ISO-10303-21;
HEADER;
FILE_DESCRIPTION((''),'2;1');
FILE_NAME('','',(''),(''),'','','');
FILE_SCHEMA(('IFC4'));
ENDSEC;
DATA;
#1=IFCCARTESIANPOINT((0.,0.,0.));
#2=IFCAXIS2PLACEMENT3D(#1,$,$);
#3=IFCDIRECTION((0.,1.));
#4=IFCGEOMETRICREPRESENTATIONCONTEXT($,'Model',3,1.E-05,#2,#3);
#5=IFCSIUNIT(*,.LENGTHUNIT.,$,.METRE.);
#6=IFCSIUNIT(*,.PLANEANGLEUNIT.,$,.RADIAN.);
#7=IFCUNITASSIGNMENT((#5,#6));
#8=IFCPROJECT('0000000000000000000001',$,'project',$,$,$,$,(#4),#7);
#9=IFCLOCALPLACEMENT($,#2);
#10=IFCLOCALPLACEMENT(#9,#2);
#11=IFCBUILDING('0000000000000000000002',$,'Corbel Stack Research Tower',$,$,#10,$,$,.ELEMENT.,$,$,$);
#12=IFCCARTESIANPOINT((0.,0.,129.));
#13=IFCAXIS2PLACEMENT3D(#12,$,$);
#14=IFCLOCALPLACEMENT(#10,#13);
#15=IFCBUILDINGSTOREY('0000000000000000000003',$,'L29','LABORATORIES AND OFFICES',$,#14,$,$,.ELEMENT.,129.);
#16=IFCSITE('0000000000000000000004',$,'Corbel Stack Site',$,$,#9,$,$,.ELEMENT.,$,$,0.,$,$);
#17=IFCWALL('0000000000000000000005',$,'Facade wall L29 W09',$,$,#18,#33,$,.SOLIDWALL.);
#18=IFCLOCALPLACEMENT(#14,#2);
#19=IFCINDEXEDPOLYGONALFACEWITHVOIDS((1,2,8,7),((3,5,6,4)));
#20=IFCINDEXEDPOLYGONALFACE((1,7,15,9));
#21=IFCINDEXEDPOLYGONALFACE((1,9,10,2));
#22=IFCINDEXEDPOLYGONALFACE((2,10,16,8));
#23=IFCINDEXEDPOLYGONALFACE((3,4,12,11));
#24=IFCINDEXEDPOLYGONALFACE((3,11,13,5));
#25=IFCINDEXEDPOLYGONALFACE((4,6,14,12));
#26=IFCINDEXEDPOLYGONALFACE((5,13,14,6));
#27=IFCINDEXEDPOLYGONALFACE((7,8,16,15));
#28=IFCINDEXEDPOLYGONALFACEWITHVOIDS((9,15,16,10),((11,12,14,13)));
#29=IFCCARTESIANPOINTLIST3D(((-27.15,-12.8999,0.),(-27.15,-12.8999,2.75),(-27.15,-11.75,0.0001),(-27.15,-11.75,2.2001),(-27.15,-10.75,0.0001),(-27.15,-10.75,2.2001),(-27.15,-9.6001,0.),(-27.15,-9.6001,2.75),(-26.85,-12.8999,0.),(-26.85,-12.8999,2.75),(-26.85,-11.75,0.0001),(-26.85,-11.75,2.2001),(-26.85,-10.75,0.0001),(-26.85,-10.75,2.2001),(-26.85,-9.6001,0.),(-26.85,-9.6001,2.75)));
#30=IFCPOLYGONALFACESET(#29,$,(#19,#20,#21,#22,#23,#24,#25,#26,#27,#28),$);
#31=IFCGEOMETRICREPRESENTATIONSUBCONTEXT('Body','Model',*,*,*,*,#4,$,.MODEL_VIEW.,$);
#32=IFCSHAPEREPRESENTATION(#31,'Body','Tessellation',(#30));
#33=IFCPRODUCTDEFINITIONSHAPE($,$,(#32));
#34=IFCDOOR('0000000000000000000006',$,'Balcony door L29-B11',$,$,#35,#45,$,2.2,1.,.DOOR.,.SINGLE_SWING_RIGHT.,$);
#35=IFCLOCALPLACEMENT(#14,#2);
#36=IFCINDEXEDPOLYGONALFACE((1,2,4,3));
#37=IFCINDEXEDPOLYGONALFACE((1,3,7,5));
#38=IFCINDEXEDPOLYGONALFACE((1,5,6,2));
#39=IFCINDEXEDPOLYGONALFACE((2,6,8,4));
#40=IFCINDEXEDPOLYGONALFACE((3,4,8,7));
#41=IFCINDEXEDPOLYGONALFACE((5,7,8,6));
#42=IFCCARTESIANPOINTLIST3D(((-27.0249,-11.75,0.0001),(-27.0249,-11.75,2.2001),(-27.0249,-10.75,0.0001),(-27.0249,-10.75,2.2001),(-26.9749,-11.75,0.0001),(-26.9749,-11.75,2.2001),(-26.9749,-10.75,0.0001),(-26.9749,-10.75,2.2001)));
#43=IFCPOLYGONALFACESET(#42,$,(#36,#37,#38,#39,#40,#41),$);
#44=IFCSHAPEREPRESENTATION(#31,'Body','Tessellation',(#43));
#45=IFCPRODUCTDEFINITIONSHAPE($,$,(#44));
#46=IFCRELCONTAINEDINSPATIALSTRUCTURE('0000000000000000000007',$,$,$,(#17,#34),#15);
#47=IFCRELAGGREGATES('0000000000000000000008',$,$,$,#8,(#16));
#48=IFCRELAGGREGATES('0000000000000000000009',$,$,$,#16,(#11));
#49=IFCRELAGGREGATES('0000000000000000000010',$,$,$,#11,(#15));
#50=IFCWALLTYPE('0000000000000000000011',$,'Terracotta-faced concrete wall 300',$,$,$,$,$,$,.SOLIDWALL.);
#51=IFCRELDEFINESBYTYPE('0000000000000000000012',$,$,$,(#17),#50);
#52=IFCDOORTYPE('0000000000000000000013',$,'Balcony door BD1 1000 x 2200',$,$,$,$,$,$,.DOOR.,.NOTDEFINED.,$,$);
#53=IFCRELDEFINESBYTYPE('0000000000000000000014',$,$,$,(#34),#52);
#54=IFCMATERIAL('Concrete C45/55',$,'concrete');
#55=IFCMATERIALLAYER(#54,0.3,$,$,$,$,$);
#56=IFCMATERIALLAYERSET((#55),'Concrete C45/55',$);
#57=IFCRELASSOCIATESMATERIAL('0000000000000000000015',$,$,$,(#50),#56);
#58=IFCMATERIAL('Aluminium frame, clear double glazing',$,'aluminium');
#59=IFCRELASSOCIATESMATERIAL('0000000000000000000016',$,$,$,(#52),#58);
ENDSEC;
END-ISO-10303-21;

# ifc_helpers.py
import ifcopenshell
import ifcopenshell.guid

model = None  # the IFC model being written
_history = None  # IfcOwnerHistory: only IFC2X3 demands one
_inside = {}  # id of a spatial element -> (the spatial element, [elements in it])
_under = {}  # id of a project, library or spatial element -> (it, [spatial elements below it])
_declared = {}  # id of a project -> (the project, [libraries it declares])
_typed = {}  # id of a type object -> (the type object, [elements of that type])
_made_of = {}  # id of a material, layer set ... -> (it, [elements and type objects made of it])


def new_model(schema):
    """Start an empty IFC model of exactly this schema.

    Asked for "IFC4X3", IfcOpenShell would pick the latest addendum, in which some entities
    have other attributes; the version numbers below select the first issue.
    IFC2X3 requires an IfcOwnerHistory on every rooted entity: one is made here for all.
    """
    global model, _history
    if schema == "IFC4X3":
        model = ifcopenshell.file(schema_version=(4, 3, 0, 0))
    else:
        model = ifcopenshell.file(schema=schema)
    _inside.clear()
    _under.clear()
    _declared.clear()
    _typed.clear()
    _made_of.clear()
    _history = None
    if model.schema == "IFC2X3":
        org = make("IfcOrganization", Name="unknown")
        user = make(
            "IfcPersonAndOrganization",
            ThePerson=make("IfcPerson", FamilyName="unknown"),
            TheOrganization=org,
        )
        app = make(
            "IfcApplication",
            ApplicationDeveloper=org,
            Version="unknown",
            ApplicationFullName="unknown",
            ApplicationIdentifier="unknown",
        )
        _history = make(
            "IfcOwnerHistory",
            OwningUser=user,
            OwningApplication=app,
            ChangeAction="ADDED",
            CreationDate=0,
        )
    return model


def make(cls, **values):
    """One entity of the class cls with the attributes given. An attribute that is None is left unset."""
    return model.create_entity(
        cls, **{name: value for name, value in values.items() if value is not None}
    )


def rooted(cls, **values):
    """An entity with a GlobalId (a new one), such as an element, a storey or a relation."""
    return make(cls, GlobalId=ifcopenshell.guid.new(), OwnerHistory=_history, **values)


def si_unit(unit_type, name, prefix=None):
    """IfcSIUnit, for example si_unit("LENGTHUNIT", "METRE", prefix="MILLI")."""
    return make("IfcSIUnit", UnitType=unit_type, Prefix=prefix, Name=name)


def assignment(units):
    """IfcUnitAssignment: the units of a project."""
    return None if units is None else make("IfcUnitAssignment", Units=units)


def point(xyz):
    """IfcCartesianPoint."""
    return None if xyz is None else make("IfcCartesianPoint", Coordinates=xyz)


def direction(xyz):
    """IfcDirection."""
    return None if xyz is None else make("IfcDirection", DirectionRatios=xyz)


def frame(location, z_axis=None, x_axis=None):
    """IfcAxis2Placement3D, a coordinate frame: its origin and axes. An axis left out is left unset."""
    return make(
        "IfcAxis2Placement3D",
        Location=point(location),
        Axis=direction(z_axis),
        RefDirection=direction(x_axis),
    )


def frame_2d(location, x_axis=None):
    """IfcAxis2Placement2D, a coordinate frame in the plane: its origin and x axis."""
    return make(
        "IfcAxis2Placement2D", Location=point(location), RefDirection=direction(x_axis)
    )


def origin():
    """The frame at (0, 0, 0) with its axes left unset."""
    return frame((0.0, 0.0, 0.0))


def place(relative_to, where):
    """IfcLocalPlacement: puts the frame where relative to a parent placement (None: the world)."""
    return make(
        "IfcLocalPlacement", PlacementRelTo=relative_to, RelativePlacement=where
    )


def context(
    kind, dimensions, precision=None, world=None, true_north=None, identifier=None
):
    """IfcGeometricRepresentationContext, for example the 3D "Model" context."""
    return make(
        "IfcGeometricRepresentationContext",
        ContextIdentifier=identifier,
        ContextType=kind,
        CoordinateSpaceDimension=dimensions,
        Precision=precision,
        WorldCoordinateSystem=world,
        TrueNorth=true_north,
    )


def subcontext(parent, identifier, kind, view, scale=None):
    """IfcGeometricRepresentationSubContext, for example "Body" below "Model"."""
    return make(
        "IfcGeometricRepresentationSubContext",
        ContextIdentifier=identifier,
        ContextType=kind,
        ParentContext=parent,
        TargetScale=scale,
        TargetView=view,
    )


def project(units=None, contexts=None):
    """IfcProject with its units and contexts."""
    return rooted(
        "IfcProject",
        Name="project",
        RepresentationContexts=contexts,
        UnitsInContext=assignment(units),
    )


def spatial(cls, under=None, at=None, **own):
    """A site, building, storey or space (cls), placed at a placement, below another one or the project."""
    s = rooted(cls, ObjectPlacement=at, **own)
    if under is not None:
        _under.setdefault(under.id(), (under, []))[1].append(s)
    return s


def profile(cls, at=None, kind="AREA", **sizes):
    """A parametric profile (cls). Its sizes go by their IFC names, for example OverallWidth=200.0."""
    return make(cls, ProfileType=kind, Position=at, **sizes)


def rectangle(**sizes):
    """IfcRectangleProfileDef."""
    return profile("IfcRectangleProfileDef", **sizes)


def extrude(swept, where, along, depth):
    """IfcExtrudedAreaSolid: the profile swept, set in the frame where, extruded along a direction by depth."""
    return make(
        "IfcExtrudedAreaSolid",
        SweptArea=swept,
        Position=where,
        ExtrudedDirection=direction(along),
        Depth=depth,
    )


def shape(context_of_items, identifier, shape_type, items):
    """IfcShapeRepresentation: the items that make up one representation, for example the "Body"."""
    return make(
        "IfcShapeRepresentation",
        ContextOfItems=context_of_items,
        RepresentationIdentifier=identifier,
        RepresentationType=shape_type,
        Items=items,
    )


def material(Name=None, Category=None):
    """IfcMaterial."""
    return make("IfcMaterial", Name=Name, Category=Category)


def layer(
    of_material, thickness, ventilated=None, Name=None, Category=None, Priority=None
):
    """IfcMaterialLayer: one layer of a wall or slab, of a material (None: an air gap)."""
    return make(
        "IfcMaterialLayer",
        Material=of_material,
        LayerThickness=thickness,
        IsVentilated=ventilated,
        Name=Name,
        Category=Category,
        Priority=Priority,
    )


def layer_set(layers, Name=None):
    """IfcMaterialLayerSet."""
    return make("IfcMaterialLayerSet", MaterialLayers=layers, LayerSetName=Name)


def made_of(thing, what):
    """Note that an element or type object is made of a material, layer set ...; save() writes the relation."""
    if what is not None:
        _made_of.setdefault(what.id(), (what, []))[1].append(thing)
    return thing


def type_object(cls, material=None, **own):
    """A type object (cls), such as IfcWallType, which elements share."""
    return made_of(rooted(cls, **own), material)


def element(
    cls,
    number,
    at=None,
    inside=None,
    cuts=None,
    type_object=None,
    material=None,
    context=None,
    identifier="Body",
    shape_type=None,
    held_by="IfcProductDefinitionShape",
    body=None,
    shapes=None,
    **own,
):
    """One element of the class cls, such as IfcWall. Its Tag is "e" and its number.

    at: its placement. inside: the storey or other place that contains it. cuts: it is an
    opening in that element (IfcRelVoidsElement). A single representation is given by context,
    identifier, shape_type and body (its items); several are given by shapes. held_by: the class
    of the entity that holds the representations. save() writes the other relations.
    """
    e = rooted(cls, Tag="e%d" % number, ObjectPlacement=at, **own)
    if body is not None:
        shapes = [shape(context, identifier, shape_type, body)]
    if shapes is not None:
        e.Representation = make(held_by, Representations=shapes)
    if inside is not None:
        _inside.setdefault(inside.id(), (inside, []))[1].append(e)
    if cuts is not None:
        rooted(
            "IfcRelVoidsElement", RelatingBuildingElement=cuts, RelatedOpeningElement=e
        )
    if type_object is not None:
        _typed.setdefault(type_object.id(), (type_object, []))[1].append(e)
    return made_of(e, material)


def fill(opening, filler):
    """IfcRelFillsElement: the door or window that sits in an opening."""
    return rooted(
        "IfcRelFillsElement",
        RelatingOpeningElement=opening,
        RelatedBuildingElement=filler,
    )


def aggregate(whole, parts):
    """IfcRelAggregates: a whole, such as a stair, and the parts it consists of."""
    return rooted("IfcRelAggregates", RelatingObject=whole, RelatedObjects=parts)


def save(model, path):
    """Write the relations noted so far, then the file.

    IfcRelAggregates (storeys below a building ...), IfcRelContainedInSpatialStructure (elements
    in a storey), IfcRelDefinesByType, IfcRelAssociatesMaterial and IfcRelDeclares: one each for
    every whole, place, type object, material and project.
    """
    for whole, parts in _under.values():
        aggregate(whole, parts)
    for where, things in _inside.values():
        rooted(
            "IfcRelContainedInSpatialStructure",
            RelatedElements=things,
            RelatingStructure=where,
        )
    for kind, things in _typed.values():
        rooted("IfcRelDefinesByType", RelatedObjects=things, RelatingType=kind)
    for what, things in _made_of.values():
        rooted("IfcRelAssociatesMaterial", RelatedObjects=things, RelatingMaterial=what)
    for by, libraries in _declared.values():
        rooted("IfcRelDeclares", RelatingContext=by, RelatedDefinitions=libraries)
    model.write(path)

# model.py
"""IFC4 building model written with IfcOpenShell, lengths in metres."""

from ifc_helpers import new_model, si_unit, direction, frame, frame_2d, origin, place, context, subcontext, project, spatial, rectangle, extrude, material, layer, layer_set, type_object, element, fill, save


model = new_model("IFC4")

# Units and contexts
model_context = context("Model", 3, precision=1e-05, world=origin(), true_north=direction((0.0, 1.0)))
body_context = subcontext(model_context, "Body", "Model", "MODEL_VIEW")
ifc_project = project(units=[si_unit("LENGTHUNIT", "METRE"), si_unit("PLANEANGLEUNIT", "RADIAN")], contexts=[model_context])

# Site, building, storey
site_placement = place(None, origin())
site = spatial("IfcSite", under=ifc_project, at=site_placement, Name="Corbel Stack Site", CompositionType="ELEMENT", RefElevation=0.0)
building_placement = place(site_placement, origin())
building = spatial("IfcBuilding", under=site, at=building_placement, Name="Corbel Stack Research Tower", CompositionType="ELEMENT")
storey_placement = place(building_placement, frame((0.0, 0.0, 129.0)))
storey = spatial("IfcBuildingStorey", under=building, at=storey_placement, Name="L29", Description="LABORATORIES AND OFFICES", CompositionType="ELEMENT", Elevation=129.0)

# Shared definitions
ifc_material_1 = material(Name="Concrete C45/55", Category="concrete")
ifc_layer_1 = layer(ifc_material_1, 0.3)
ifc_layer_set_1 = layer_set([ifc_layer_1], Name="Concrete C45/55")
wall_type_1 = type_object("IfcWallType", Name="Terracotta-faced concrete wall 300", PredefinedType="SOLIDWALL", material=ifc_layer_set_1)

# Wall, opening, door
wall_1_placement = place(storey_placement, frame((-27.0, -12.8999, 0.0), z_axis=(0.0, 0.0, 1.0), x_axis=(0.0, 1.0, 0.0)))
wall_1 = element("IfcWall", 1, at=wall_1_placement, inside=storey, type_object=wall_type_1, Name="Facade wall L29 W09", PredefinedType="SOLIDWALL", context=body_context, shape_type="SweptSolid", body=[
    extrude(rectangle(XDim=3.2998, YDim=0.3, at=frame_2d((1.6499, 0.0))), origin(), (0.0, 0.0, 1.0), 2.75),
])
opening_1_placement = place(wall_1_placement, frame((1.1499, 0.0, 0.0)))
opening_1 = element("IfcOpeningElement", 2, at=opening_1_placement, cuts=wall_1, PredefinedType="OPENING", context=body_context, shape_type="SweptSolid", body=[
    extrude(rectangle(XDim=1.0, YDim=2.2, at=frame_2d((0.5, 1.1001))), frame((0.0, 0.1599, 0.0), z_axis=(0.0, -1.0, 0.0), x_axis=(1.0, 0.0, 0.0)), (0.0, 0.0, 1.0), 0.3201),
])
ifc_material_2 = material(Name="Aluminium frame, clear double glazing", Category="aluminium")
door_type = type_object("IfcDoorType", Name="Balcony door BD1 1000 x 2200", OperationType="NOTDEFINED", PredefinedType="DOOR", material=ifc_material_2)
door_placement = place(opening_1_placement, origin())
door = element("IfcDoor", 3, at=door_placement, inside=storey, type_object=door_type, Name="Balcony door L29-B11", OperationType="SINGLE_SWING_RIGHT", OverallHeight=2.2, OverallWidth=1.0, PredefinedType="DOOR", context=body_context, shape_type="SweptSolid", body=[
    extrude(rectangle(XDim=1.0, YDim=2.2, at=frame_2d((0.5, 1.1001))), frame((0.0, 0.0249, 0.0), z_axis=(0.0, -1.0, 0.0), x_axis=(1.0, 0.0, 0.0)), (0.0, 0.0, 1.0), 0.05),
])
fill(opening_1, door)

save(model, "model.ifc")
